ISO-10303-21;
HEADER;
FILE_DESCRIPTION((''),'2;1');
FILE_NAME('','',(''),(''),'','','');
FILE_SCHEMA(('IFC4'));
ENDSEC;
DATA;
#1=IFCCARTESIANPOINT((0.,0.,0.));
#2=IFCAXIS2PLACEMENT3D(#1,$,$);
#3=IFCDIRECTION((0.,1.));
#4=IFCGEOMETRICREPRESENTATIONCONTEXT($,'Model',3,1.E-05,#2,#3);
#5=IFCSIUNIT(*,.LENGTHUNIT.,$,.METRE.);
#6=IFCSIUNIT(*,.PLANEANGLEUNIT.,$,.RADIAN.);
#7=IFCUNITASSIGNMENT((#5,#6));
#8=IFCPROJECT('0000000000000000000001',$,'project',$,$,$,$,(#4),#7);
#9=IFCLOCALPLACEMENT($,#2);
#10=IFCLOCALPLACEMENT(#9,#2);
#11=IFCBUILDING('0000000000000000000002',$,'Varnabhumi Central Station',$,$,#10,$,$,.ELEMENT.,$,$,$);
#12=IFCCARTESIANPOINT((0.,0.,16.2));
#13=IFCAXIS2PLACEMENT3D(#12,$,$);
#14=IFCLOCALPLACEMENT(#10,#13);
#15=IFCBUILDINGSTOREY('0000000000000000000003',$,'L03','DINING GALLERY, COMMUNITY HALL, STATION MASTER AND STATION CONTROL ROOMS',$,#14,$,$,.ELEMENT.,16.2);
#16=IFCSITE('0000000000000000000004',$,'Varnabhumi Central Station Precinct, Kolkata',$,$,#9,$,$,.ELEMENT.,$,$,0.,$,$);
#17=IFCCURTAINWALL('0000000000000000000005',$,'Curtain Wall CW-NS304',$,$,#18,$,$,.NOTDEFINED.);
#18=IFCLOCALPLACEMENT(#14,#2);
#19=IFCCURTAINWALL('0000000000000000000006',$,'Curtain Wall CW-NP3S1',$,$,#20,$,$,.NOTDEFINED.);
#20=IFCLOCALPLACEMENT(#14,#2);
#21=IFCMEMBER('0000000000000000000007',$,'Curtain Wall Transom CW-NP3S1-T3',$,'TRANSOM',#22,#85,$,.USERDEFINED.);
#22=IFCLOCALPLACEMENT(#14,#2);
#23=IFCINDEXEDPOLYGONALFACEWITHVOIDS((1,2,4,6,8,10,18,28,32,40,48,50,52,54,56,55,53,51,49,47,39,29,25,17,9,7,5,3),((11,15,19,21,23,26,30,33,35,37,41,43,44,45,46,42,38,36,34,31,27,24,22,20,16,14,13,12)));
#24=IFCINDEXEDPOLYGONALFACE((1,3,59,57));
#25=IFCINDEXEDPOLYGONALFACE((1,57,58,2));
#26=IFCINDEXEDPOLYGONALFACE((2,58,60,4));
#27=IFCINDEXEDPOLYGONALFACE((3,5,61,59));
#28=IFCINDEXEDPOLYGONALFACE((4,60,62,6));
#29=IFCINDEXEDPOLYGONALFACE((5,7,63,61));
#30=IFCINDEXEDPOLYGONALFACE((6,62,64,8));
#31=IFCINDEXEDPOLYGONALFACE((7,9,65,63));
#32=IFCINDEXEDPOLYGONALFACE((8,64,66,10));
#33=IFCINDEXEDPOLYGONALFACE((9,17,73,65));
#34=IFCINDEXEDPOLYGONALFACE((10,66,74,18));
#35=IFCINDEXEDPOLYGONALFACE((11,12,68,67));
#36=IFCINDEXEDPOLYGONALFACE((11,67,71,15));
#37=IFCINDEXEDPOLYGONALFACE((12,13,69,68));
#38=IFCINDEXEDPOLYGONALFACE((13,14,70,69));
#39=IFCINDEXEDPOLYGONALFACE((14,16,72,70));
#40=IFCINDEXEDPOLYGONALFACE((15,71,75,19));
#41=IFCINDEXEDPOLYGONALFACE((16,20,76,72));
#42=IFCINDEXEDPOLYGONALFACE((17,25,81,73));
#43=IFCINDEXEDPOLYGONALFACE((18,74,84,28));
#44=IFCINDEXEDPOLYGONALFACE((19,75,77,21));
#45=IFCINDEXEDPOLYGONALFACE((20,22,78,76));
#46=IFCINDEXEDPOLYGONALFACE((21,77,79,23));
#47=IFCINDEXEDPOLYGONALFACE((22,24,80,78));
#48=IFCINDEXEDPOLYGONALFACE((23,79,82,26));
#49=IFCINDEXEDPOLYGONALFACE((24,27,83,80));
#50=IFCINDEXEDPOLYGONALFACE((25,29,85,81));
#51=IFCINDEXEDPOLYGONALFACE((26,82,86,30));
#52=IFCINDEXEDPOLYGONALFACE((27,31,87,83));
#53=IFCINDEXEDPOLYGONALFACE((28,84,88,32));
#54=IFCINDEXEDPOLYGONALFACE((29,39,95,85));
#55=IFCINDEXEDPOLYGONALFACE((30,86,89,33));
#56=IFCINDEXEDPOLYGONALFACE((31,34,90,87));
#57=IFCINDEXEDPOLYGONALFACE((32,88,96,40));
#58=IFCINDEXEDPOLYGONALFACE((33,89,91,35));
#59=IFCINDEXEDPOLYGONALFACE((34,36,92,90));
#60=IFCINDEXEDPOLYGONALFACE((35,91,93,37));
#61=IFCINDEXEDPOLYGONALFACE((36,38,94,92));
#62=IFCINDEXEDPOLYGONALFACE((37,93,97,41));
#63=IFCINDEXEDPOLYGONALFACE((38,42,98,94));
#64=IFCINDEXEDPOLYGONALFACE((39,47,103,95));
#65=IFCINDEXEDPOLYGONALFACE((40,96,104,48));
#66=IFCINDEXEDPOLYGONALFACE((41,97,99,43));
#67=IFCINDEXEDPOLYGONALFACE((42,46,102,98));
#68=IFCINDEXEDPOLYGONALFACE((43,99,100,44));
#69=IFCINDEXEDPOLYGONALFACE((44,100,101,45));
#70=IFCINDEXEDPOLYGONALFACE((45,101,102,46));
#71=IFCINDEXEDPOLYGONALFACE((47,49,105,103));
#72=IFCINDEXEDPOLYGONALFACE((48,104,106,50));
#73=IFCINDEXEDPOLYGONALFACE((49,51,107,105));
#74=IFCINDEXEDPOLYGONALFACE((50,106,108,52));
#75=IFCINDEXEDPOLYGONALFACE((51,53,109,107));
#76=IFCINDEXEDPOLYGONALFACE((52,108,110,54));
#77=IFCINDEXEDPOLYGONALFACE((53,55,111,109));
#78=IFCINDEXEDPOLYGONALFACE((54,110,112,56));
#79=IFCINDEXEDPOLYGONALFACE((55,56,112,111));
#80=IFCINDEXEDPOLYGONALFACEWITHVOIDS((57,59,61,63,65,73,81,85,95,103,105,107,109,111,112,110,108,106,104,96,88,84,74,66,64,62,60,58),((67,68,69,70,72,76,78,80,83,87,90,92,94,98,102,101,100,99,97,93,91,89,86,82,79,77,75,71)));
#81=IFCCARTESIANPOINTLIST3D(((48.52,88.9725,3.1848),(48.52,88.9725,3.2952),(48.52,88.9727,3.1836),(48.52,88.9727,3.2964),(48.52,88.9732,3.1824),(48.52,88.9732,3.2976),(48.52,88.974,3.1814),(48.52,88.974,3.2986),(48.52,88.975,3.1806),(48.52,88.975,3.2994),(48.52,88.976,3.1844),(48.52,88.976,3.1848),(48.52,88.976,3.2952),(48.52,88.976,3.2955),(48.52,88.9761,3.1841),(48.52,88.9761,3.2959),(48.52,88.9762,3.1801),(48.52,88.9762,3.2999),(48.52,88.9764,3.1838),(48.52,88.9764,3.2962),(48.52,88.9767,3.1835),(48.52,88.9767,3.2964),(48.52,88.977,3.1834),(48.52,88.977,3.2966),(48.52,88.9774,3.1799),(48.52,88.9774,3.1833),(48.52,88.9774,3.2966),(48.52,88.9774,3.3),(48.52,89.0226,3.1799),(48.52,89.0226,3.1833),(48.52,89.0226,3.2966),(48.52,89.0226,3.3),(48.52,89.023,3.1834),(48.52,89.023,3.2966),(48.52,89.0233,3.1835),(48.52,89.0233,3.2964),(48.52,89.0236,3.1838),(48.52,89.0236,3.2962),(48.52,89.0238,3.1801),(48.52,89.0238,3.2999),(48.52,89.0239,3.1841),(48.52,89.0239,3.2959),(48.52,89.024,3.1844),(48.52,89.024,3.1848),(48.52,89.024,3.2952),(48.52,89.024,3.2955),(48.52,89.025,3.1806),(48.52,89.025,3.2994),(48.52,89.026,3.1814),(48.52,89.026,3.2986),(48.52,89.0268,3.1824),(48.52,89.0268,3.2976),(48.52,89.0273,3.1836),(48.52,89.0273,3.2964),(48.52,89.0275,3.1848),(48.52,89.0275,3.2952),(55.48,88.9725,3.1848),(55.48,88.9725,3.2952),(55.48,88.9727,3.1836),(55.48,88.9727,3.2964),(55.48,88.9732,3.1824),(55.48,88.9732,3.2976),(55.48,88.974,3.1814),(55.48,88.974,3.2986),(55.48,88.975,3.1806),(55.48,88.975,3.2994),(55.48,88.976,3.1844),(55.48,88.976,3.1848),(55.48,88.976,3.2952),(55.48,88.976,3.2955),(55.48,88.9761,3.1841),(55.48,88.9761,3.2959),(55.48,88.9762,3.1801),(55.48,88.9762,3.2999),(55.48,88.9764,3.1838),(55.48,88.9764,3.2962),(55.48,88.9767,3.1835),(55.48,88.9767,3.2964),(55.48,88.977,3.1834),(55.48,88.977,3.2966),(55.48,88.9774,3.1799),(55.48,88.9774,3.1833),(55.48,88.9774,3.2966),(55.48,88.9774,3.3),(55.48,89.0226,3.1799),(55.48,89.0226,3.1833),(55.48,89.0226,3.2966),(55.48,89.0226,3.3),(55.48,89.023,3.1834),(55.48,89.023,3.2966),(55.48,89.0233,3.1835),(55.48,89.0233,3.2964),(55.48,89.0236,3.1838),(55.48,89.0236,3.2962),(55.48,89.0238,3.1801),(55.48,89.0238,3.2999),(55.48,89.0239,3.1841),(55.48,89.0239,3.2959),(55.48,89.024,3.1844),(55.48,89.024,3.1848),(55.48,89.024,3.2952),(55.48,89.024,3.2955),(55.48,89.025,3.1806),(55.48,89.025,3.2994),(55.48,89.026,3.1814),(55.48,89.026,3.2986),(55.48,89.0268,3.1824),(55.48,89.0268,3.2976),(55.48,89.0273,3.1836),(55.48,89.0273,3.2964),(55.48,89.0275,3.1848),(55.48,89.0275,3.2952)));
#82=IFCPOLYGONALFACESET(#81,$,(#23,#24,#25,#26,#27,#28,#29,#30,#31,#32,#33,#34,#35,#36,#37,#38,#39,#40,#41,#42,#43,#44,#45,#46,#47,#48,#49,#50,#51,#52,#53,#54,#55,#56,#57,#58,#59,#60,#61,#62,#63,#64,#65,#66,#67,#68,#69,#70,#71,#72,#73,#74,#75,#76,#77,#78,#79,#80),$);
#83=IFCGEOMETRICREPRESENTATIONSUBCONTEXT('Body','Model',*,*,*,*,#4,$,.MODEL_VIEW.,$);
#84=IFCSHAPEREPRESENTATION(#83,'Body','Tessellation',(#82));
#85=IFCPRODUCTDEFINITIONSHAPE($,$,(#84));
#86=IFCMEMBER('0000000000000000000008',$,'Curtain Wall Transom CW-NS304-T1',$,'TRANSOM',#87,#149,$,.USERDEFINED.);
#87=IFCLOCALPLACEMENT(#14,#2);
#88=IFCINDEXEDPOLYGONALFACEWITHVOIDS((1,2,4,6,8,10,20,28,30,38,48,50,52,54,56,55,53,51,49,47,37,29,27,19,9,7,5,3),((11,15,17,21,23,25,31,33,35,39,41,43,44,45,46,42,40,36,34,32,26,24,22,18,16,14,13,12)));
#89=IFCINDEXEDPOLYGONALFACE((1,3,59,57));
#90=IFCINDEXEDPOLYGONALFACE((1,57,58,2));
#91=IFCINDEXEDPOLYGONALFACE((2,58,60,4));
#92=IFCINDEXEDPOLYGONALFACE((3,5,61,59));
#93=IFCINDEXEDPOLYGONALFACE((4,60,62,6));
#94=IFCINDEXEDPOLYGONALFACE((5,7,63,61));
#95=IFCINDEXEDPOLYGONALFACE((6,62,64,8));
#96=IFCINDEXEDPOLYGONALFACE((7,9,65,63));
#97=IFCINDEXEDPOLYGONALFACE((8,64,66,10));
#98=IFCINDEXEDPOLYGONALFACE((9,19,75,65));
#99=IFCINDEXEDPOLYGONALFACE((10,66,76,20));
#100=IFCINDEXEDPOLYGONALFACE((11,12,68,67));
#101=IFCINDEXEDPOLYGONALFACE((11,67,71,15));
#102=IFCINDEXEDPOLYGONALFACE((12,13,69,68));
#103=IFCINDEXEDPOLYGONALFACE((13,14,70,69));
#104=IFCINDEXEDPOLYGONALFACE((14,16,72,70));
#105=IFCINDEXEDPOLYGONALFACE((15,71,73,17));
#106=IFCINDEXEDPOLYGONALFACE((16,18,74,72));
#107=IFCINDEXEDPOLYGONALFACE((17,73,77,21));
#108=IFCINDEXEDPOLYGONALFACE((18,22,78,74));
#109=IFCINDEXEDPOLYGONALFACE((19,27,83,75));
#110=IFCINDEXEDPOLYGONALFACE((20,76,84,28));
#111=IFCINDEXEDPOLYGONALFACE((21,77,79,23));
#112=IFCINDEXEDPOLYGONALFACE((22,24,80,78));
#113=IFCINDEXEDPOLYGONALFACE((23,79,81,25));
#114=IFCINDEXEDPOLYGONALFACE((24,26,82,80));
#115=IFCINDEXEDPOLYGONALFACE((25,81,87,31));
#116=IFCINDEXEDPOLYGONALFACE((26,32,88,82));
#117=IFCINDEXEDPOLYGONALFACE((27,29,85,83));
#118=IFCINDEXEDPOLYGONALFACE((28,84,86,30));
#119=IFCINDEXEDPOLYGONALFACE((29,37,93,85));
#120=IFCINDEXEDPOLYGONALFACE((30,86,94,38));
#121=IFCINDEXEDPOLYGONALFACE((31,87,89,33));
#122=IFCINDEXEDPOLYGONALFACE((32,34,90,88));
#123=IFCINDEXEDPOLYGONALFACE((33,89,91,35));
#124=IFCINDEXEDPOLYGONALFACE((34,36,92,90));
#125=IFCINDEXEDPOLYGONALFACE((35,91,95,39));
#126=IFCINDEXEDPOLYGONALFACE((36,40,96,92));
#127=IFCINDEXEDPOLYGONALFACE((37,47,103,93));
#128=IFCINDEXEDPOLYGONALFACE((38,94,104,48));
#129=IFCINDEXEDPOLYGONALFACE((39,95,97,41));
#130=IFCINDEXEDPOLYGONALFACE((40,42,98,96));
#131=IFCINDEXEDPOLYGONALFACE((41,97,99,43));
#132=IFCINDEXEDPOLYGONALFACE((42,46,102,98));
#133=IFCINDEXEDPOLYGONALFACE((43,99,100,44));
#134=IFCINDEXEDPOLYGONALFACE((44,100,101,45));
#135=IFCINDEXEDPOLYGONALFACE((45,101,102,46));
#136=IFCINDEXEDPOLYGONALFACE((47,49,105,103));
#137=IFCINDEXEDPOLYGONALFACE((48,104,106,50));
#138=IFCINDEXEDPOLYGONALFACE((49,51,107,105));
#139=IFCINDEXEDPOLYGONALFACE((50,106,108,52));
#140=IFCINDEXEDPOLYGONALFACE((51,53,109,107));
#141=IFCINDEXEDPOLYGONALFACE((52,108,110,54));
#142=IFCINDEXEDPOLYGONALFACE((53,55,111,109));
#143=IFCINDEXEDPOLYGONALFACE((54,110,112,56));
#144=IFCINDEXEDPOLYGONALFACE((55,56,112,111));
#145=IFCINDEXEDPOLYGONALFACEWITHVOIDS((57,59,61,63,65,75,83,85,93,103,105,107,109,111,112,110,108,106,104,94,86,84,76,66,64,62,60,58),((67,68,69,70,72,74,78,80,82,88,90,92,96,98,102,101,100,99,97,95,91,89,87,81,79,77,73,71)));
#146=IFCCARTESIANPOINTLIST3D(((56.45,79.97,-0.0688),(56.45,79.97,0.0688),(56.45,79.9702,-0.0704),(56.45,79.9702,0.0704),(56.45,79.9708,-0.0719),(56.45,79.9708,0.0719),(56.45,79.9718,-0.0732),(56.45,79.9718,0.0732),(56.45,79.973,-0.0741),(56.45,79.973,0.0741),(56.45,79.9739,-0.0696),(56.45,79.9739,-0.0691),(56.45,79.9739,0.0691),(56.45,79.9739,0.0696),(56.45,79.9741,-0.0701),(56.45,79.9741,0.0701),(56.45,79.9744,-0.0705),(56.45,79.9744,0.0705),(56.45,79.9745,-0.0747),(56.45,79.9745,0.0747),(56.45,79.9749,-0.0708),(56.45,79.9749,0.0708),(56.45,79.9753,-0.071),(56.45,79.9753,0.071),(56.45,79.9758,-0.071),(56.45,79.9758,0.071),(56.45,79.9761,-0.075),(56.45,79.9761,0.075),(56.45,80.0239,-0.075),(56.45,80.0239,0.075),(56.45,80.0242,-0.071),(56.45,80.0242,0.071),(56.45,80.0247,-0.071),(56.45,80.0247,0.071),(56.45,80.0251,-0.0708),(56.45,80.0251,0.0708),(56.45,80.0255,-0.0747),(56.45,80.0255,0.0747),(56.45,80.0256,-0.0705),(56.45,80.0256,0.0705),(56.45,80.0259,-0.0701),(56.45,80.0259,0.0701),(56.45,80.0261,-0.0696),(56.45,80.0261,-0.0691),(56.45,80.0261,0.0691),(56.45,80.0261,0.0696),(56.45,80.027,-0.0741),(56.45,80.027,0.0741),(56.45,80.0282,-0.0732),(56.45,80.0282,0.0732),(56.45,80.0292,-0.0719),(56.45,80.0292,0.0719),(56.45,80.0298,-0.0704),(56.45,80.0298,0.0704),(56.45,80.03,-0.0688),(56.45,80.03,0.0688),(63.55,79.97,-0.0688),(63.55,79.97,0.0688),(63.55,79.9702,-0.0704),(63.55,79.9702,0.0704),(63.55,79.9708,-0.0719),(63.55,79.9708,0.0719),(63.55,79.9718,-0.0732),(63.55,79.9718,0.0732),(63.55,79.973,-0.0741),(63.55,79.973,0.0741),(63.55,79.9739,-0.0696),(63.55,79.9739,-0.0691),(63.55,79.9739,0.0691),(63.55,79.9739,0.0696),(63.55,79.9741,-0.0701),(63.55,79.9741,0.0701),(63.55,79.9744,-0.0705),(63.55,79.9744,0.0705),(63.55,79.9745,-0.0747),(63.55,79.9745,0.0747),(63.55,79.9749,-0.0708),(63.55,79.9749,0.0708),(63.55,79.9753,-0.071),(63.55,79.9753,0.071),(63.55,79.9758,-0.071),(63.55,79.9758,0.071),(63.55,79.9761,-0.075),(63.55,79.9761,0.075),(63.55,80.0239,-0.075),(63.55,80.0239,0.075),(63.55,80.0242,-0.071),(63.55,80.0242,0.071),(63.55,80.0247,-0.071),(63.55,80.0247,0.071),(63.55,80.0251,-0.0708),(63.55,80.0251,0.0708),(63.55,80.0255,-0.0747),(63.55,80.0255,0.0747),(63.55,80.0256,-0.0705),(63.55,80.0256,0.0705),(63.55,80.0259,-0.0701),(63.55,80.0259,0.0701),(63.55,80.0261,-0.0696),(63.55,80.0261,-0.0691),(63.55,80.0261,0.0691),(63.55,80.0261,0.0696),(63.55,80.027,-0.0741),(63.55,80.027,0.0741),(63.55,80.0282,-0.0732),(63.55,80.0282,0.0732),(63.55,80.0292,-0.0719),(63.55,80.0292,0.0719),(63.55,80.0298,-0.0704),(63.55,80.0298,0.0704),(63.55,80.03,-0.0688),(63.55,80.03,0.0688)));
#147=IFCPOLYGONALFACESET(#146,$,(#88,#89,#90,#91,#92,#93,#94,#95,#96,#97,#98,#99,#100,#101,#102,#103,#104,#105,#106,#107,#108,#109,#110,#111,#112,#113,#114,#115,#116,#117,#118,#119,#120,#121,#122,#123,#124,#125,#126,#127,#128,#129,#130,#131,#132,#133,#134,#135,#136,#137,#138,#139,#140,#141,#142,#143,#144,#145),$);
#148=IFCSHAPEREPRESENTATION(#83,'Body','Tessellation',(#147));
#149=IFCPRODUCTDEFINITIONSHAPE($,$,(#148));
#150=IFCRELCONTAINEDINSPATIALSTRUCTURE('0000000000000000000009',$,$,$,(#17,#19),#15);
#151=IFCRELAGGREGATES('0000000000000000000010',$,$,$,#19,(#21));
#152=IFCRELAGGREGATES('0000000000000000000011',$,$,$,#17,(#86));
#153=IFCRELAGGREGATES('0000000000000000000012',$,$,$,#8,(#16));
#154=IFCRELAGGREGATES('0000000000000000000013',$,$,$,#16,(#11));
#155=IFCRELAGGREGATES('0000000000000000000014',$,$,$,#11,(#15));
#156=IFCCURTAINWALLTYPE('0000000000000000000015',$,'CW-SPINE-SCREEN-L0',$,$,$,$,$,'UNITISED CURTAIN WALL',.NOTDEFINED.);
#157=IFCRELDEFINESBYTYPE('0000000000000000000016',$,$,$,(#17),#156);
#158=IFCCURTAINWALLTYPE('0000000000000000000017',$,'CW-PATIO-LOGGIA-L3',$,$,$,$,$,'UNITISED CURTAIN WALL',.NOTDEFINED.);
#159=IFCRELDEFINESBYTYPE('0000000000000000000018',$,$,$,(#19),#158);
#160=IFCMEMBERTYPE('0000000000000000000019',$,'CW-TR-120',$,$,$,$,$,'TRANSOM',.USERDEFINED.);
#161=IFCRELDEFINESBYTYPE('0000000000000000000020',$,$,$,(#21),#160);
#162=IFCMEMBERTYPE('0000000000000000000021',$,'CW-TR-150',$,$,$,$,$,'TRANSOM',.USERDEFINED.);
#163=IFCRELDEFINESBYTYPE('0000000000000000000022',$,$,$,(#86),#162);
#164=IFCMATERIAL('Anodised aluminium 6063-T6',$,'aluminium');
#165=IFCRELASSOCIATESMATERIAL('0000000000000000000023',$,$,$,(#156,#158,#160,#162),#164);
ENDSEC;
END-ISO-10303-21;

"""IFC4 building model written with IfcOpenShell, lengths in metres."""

from ifc_helpers import new_model, si_unit, direction, frame, origin, origin_2d, place, context, subcontext, project, spatial, hollow_rectangle, extrude, material, material_profile, profile_set, type_object, element, aggregate, save


model = new_model("IFC4")

# Units and contexts
model_context = context("Model", 3, precision=1e-05, world=origin(), true_north=direction((0.0, 1.0)))
body_context = subcontext(model_context, "Body", "Model", "MODEL_VIEW")
ifc_project = project(units=[si_unit("LENGTHUNIT", "METRE"), si_unit("PLANEANGLEUNIT", "RADIAN")], contexts=[model_context])

# Site, building, storey
site_placement = place(None, origin())
site = spatial("IfcSite", under=ifc_project, at=site_placement, Name="Varnabhumi Central Station Precinct, Kolkata", CompositionType="ELEMENT", RefElevation=0.0)
building_placement = place(site_placement, origin())
building = spatial("IfcBuilding", under=site, at=building_placement, Name="Varnabhumi Central Station", CompositionType="ELEMENT")
storey_placement = place(building_placement, frame((0.0, 0.0, 16.2)))
storey = spatial("IfcBuildingStorey", under=building, at=storey_placement, Name="L03", Description="DINING GALLERY, COMMUNITY HALL, STATION MASTER AND STATION CONTROL ROOMS", CompositionType="ELEMENT", Elevation=16.2)

# Curtain walls, member
ifc_material_1 = material(Name="Anodised aluminium 6063-T6", Category="aluminium")
curtain_wall_type_1 = type_object("IfcCurtainWallType", Name="CW-SPINE-SCREEN-L0", ElementType="UNITISED CURTAIN WALL", PredefinedType="NOTDEFINED", material=ifc_material_1)
curtain_wall_1_placement = place(storey_placement, origin())
curtain_wall_1 = element("IfcCurtainWall", 1, at=curtain_wall_1_placement, inside=storey, type_object=curtain_wall_type_1, Name="Curtain Wall CW-NS304", PredefinedType="NOTDEFINED")
curtain_wall_type_2 = type_object("IfcCurtainWallType", Name="CW-PATIO-LOGGIA-L3", ElementType="UNITISED CURTAIN WALL", PredefinedType="NOTDEFINED", material=ifc_material_1)
curtain_wall_2_placement = place(storey_placement, origin())
curtain_wall_2 = element("IfcCurtainWall", 2, at=curtain_wall_2_placement, inside=storey, type_object=curtain_wall_type_2, Name="Curtain Wall CW-NP3S1", PredefinedType="NOTDEFINED")
ifc_material_profile_1 = material_profile(ifc_material_1, hollow_rectangle(XDim=0.0549, YDim=0.1201, WallThickness=0.0034, InnerFilletRadius=0.0015, OuterFilletRadius=0.0049, at=origin_2d()), Name="Anodised aluminium 6063-T6", Category="aluminium")
ifc_profile_set_1 = profile_set([ifc_material_profile_1], Name="Anodised aluminium 6063-T6")
member_type_1 = type_object("IfcMemberType", Name="CW-TR-120", ElementType="TRANSOM", PredefinedType="USERDEFINED", material=ifc_profile_set_1)
member_1_placement = place(storey_placement, frame((48.52, 89.0, 3.24), z_axis=(1.0, 0.0, 0.0), x_axis=(0.0, 1.0, 0.0)))
member_1 = element("IfcMember", 3, at=member_1_placement, type_object=member_type_1, Name="Curtain Wall Transom CW-NP3S1-T3", ObjectType="TRANSOM", PredefinedType="USERDEFINED", context=body_context, shape_type="SweptSolid", body=[
    extrude(hollow_rectangle(XDim=0.0549, YDim=0.1201, WallThickness=0.0034, InnerFilletRadius=0.0015, OuterFilletRadius=0.0049, at=origin_2d()), origin(), (0.0, 0.0, 1.0), 6.96),
])

# Member
ifc_material_profile_2 = material_profile(ifc_material_1, hollow_rectangle(XDim=0.0601, YDim=0.1499, WallThickness=0.0039, InnerFilletRadius=0.002, OuterFilletRadius=0.0061, at=origin_2d()), Name="Anodised aluminium 6063-T6", Category="aluminium")
ifc_profile_set_2 = profile_set([ifc_material_profile_2], Name="Anodised aluminium 6063-T6")
member_type_2 = type_object("IfcMemberType", Name="CW-TR-150", ElementType="TRANSOM", PredefinedType="USERDEFINED", material=ifc_profile_set_2)
member_2_placement = place(storey_placement, frame((56.45, 80.0, 0.0), z_axis=(1.0, 0.0, 0.0), x_axis=(0.0, 1.0, 0.0)))
member_2 = element("IfcMember", 4, at=member_2_placement, type_object=member_type_2, Name="Curtain Wall Transom CW-NS304-T1", ObjectType="TRANSOM", PredefinedType="USERDEFINED", context=body_context, shape_type="SweptSolid", body=[
    extrude(hollow_rectangle(XDim=0.0601, YDim=0.1499, WallThickness=0.0039, InnerFilletRadius=0.002, OuterFilletRadius=0.0061, at=origin_2d()), origin(), (0.0, 0.0, 1.0), 7.1001),
])

aggregate(curtain_wall_2, [member_1])
aggregate(curtain_wall_1, [member_2])

save(model, "model.ifc")
